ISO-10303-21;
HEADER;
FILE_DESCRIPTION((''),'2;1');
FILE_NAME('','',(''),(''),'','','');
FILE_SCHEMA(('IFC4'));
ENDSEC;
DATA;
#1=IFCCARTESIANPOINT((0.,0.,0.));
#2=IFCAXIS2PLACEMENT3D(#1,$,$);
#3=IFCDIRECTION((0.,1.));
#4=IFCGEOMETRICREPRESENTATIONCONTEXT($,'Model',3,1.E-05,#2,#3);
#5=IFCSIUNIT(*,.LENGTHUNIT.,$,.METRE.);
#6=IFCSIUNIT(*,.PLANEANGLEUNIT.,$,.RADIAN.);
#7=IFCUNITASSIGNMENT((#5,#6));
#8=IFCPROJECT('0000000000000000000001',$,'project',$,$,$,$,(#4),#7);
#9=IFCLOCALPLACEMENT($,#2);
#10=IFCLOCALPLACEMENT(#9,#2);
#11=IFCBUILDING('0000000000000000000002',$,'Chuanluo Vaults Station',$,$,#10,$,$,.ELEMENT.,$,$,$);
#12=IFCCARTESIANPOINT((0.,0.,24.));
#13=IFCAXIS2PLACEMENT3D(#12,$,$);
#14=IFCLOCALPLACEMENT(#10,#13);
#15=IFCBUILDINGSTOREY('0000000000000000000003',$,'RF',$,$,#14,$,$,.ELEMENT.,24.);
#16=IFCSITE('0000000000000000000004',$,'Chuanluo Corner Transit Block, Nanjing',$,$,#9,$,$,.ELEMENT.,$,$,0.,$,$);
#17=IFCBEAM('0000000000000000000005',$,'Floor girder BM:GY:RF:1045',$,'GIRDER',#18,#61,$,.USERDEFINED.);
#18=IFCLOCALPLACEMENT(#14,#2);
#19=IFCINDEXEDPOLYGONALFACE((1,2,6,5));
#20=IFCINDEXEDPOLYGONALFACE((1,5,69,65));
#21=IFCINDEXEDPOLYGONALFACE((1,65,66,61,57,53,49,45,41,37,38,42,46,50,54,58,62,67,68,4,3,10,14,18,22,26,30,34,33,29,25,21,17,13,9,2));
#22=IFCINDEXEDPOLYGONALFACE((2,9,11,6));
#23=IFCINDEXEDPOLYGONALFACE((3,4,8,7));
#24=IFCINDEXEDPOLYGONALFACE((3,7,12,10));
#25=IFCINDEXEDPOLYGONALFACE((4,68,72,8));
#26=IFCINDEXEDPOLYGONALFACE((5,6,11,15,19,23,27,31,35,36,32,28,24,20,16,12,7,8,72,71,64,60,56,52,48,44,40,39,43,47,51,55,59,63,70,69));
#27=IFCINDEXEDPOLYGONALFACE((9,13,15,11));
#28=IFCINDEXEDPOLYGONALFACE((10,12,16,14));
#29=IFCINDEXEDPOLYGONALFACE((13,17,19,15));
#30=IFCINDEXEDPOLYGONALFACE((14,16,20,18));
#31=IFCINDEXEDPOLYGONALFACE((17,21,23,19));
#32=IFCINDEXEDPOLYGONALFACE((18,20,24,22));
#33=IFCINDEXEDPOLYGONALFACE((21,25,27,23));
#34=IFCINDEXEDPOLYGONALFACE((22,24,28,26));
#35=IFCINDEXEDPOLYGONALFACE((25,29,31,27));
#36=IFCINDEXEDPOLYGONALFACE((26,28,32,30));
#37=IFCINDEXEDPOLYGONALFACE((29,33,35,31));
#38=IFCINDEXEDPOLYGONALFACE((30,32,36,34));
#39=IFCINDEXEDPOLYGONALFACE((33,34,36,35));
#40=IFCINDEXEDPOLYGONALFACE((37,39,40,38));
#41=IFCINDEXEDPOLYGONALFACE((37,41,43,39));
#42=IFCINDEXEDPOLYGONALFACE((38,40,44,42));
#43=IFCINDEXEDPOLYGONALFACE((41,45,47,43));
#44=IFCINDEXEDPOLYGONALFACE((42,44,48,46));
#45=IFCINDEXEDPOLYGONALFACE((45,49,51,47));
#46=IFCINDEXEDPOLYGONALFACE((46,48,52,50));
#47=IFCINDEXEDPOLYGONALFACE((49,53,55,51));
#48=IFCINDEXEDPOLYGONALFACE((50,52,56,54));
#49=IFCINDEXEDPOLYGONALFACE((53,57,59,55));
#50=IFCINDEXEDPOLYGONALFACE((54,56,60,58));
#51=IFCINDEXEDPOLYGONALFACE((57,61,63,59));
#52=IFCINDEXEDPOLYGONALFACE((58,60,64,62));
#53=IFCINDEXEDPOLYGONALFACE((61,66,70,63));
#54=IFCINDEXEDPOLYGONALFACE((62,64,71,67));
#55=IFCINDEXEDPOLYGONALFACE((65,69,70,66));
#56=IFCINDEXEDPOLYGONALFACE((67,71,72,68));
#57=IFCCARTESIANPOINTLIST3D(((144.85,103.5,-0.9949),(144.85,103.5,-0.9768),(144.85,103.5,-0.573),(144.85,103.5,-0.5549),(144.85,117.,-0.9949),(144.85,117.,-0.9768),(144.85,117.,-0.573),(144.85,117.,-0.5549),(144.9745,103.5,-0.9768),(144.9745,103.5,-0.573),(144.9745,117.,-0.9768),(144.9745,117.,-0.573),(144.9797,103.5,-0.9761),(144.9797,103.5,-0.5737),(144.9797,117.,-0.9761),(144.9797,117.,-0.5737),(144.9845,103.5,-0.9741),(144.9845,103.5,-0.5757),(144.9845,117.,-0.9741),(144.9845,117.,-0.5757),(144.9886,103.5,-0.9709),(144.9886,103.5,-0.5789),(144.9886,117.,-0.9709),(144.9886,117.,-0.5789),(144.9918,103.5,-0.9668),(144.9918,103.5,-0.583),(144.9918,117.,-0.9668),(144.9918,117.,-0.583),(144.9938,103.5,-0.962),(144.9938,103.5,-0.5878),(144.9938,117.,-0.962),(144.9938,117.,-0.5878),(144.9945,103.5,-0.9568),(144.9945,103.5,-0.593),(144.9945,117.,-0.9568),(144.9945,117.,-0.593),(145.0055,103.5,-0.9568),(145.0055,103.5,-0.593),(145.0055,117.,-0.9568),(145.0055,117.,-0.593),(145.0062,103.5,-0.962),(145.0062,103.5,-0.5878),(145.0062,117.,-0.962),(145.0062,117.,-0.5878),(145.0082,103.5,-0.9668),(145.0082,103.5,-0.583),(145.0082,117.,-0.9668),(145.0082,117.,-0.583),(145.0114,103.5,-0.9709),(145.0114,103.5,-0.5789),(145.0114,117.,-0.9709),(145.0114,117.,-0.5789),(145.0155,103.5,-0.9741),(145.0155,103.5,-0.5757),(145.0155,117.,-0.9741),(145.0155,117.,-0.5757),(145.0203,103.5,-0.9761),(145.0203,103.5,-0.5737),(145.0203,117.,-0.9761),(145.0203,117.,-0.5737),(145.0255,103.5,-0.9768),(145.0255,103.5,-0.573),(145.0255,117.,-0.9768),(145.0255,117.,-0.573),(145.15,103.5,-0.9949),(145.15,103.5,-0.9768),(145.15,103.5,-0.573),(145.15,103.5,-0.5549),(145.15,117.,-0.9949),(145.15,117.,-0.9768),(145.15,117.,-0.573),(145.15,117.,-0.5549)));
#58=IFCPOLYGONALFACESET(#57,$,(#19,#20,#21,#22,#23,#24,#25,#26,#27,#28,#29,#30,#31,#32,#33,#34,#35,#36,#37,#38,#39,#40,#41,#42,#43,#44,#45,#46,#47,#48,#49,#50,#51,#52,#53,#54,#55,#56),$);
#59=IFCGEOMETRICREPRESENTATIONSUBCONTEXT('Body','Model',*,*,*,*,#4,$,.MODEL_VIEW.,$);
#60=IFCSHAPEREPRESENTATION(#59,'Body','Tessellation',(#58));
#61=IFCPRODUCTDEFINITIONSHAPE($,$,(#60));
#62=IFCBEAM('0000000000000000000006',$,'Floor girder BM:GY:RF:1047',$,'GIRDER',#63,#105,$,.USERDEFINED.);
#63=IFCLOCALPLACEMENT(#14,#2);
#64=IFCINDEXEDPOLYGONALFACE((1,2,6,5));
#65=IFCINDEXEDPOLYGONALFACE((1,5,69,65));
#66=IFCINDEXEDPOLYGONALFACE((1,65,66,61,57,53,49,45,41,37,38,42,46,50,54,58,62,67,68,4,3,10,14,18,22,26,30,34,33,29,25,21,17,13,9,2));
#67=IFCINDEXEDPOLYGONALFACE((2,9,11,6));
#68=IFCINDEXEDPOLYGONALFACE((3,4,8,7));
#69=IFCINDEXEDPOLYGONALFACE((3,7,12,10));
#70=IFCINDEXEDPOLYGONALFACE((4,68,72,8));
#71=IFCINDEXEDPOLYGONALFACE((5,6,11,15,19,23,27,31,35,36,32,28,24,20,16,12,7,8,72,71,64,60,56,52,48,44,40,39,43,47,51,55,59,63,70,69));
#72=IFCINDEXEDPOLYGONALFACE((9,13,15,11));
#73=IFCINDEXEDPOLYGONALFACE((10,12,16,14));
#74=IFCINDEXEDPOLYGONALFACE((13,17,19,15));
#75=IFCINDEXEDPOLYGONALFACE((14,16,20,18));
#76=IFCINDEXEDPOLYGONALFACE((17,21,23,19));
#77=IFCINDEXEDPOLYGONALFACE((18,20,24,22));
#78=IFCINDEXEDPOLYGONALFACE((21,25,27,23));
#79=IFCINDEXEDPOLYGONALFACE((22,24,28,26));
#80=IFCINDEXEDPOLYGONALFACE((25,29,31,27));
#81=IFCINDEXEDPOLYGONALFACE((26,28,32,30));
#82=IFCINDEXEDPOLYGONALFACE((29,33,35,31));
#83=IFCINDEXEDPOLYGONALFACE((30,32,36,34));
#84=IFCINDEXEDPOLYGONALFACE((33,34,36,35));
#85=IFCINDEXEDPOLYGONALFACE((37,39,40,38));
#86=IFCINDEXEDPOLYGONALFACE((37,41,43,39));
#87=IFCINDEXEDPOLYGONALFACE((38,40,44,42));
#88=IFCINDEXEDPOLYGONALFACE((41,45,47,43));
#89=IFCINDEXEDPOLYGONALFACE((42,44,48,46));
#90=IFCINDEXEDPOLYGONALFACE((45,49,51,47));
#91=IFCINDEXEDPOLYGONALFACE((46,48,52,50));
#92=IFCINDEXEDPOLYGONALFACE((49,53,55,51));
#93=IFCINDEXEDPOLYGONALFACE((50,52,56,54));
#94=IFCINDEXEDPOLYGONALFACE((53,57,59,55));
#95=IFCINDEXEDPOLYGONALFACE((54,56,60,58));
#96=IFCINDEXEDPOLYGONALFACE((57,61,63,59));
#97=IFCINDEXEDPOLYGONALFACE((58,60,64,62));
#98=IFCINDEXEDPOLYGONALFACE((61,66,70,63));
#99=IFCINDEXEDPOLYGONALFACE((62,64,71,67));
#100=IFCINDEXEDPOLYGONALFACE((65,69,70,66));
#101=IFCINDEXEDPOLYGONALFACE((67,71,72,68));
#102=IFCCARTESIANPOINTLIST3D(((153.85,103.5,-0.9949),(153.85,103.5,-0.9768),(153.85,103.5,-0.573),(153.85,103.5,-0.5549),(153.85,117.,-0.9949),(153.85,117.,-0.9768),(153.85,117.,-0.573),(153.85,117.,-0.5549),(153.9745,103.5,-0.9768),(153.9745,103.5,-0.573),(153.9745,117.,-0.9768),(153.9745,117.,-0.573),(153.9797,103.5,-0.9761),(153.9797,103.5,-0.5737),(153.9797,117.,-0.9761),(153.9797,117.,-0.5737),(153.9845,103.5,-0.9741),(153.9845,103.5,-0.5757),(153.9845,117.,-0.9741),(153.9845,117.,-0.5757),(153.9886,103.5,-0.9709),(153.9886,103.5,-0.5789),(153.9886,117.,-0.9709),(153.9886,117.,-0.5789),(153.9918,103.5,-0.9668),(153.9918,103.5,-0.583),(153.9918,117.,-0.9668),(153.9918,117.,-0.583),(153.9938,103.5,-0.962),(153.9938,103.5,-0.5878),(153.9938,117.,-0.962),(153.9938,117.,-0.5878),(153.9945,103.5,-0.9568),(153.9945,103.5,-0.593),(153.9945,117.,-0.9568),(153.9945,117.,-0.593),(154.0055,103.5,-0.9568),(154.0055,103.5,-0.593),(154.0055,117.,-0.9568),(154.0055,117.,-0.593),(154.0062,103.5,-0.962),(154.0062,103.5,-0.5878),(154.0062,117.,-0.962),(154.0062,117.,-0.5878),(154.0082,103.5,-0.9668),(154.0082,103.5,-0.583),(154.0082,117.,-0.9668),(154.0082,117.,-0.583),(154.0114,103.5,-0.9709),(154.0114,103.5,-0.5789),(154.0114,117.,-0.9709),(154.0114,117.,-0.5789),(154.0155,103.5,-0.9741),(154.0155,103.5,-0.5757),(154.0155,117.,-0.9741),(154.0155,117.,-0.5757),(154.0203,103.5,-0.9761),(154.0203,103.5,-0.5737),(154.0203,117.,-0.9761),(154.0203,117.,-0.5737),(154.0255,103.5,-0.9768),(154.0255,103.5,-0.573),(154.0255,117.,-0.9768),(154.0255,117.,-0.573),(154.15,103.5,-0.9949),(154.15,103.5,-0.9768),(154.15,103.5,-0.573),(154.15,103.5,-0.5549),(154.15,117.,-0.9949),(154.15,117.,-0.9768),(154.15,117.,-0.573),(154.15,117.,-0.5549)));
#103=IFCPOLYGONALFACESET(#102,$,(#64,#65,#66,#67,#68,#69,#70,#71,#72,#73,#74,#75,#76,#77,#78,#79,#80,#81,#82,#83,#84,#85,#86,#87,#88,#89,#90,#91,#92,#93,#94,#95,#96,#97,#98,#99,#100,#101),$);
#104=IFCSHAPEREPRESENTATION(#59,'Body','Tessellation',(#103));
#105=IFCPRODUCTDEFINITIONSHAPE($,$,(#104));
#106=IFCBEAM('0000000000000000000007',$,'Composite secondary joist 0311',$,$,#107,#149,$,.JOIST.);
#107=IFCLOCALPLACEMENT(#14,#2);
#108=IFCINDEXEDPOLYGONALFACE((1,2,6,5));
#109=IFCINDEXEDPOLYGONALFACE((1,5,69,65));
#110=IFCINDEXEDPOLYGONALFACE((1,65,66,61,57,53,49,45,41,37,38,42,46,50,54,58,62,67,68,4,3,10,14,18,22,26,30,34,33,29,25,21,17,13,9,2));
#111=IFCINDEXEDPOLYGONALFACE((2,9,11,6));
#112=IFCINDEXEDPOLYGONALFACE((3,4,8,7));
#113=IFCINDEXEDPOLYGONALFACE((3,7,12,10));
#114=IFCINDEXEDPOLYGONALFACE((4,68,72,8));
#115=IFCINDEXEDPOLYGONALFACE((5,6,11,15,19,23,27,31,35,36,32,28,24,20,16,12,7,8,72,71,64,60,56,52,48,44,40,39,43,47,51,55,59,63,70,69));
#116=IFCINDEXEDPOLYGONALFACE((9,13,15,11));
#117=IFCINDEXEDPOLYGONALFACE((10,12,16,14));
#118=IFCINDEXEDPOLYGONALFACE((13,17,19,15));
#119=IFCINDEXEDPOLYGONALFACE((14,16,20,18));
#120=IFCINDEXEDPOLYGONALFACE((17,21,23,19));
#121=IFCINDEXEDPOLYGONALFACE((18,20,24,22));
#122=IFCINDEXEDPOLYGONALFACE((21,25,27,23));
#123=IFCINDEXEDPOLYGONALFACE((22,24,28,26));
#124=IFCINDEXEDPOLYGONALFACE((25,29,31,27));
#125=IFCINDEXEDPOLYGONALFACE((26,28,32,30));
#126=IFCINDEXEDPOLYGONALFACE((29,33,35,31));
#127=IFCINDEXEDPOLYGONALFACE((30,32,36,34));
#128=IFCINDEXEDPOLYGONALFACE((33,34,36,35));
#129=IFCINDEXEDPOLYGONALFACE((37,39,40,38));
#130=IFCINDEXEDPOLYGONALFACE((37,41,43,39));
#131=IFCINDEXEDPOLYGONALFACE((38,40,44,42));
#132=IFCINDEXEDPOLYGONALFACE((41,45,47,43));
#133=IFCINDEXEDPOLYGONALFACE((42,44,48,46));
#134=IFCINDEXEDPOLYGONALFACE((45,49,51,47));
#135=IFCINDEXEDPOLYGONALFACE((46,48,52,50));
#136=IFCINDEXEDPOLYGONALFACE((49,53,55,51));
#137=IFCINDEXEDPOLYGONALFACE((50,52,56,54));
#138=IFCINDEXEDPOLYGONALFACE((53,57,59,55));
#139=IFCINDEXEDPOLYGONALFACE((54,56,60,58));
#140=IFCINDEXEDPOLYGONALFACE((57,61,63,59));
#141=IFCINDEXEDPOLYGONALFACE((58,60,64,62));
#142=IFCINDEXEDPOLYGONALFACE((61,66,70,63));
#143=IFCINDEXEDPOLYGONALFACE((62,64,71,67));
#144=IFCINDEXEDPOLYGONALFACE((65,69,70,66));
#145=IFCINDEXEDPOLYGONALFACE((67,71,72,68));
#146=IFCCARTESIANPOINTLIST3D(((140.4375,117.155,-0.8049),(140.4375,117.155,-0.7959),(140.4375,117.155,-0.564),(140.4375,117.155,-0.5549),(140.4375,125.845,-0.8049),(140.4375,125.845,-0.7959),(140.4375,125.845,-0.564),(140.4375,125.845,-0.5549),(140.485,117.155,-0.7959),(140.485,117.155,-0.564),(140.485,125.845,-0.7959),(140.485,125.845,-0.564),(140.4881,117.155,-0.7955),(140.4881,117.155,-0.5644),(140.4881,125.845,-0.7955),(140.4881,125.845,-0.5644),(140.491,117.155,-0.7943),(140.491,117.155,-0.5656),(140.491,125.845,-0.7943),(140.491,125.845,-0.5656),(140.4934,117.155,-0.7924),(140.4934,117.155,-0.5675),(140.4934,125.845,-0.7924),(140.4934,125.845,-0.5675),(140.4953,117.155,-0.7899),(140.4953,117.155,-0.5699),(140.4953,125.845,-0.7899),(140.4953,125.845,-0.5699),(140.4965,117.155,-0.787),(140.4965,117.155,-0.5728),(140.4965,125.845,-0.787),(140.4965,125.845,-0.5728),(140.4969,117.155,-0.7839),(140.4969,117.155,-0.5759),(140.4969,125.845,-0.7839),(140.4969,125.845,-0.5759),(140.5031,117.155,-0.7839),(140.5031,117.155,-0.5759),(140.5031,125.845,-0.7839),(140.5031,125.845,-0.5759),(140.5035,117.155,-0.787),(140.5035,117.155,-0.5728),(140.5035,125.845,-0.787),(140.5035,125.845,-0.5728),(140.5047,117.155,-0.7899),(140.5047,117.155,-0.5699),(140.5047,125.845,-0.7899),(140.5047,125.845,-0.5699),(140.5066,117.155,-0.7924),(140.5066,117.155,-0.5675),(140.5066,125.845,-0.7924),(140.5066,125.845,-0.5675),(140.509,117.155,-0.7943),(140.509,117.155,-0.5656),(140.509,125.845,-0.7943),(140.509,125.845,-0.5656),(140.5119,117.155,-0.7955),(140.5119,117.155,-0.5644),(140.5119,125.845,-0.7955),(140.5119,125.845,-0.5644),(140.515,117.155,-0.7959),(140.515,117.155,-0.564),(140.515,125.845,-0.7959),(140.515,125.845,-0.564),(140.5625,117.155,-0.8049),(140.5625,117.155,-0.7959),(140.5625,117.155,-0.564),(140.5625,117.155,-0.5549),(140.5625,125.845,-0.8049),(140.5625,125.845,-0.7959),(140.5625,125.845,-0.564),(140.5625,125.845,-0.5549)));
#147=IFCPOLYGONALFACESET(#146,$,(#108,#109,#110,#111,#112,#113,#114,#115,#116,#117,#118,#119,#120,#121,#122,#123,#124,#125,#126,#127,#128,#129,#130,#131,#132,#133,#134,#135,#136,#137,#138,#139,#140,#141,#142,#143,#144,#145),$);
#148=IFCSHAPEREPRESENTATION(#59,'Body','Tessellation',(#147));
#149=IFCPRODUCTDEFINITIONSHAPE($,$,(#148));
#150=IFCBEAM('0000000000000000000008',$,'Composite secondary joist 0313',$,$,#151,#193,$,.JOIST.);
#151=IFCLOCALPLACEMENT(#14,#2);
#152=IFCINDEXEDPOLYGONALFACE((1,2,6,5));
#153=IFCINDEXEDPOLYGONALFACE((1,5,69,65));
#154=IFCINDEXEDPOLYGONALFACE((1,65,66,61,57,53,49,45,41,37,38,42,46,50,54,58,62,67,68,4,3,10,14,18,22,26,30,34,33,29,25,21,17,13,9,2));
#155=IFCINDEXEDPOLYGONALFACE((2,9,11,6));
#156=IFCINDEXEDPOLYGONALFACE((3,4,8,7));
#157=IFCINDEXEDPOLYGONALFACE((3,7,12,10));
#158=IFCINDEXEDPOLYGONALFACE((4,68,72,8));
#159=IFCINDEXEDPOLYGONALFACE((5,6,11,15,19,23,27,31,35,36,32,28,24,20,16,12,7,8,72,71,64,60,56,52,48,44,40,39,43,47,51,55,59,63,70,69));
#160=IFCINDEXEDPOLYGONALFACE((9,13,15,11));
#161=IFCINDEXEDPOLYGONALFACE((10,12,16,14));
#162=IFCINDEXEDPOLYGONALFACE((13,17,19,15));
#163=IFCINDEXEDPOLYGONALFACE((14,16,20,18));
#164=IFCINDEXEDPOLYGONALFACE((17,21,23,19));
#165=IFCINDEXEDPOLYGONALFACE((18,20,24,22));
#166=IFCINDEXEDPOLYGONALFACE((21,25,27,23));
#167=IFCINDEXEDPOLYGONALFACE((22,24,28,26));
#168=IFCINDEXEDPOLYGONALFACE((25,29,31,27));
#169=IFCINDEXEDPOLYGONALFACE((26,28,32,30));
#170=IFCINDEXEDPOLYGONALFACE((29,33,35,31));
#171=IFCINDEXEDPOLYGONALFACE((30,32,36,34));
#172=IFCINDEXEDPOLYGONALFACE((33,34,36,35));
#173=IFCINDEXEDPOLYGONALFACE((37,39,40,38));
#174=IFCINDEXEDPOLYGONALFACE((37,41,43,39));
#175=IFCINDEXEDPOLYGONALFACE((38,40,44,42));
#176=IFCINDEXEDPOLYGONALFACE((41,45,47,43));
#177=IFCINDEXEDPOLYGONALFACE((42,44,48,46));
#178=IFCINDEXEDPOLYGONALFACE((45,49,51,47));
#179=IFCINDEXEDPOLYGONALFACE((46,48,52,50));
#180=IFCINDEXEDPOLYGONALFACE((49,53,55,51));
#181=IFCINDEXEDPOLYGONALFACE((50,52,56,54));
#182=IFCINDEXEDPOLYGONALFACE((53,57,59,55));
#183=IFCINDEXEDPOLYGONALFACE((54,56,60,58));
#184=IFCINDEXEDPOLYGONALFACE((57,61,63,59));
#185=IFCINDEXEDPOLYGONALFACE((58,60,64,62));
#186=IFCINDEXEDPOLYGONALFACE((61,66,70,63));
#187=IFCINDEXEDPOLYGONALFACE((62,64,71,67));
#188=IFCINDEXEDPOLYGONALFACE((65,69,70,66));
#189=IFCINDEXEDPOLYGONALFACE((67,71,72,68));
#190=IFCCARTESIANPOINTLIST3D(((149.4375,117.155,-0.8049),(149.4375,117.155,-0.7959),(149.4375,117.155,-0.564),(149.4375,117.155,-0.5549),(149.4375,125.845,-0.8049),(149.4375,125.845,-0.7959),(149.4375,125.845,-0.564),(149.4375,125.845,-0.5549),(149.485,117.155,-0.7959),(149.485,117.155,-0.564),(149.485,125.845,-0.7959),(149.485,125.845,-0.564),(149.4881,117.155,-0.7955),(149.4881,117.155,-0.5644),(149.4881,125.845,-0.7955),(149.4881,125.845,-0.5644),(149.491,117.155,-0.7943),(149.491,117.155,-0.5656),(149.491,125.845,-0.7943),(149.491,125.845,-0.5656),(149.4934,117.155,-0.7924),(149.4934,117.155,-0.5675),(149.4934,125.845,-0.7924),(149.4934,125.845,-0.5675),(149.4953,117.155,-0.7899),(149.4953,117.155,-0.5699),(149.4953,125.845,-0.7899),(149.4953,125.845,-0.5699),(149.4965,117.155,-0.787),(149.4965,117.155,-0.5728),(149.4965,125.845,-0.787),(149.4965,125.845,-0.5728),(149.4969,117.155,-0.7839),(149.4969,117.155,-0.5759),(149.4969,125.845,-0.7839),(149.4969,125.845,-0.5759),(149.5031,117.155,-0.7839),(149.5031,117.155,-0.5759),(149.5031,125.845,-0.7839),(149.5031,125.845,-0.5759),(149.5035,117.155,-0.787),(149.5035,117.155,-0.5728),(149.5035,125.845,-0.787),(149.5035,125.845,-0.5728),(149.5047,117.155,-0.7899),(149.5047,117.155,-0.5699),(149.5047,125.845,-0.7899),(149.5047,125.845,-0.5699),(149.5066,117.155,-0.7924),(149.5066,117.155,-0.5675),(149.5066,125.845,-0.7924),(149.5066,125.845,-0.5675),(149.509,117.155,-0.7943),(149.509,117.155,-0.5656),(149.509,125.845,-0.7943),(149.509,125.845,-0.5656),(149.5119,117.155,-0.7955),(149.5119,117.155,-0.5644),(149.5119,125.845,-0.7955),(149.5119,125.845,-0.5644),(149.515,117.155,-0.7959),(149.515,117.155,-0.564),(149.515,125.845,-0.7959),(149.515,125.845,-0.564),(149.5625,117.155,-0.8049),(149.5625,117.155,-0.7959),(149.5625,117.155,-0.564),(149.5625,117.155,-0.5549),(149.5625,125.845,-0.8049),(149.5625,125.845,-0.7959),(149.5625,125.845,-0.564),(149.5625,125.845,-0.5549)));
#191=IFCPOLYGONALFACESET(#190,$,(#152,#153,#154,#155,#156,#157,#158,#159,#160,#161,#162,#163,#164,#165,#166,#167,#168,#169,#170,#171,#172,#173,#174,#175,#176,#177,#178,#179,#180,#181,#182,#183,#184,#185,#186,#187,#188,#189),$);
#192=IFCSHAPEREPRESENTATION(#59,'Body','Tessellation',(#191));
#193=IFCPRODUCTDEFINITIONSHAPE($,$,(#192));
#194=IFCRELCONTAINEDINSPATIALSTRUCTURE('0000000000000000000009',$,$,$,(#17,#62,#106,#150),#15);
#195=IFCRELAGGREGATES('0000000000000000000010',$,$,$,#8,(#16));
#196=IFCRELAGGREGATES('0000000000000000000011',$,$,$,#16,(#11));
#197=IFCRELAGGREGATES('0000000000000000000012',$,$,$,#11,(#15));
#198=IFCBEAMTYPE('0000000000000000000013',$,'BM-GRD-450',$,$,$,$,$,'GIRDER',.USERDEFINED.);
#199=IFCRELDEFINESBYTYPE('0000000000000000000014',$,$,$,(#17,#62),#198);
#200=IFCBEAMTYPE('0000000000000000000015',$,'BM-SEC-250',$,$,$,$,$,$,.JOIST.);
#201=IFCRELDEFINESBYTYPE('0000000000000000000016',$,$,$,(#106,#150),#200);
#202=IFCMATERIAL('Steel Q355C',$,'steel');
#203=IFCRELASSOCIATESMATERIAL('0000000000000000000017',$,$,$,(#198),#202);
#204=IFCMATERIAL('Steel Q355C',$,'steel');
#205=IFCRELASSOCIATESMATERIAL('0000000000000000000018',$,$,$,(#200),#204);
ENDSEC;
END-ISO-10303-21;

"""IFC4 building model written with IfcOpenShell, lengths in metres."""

from ifc_helpers import new_model, si_unit, direction, frame, origin, origin_2d, place, context, subcontext, project, spatial, i_section, extrude, material, material_profile, profile_set, type_object, element, save


model = new_model("IFC4")

# Units and contexts
model_context = context("Model", 3, precision=1e-05, world=origin(), true_north=direction((0.0, 1.0)))
body_context = subcontext(model_context, "Body", "Model", "MODEL_VIEW")
ifc_project = project(units=[si_unit("LENGTHUNIT", "METRE"), si_unit("PLANEANGLEUNIT", "RADIAN")], contexts=[model_context])

# Site, building, storey
site_placement = place(None, origin())
site = spatial("IfcSite", under=ifc_project, at=site_placement, Name="Chuanluo Corner Transit Block, Nanjing", CompositionType="ELEMENT", RefElevation=0.0)
building_placement = place(site_placement, origin())
building = spatial("IfcBuilding", under=site, at=building_placement, Name="Chuanluo Vaults Station", CompositionType="ELEMENT")
storey_placement = place(building_placement, frame((0.0, 0.0, 24.0)))
storey = spatial("IfcBuildingStorey", under=building, at=storey_placement, Name="RF", CompositionType="ELEMENT", Elevation=24.0)

# Beams
ifc_material_1 = material(Name="Steel Q355C", Category="steel")
ifc_material_profile_1 = material_profile(ifc_material_1, i_section(OverallWidth=0.3, OverallDepth=0.4399, WebThickness=0.011, FlangeThickness=0.0181, FilletRadius=0.02, at=origin_2d()))
ifc_profile_set_1 = profile_set([ifc_material_profile_1], Name="Steel Q355C")
beam_type_1 = type_object("IfcBeamType", Name="BM-GRD-450", ElementType="GIRDER", PredefinedType="USERDEFINED", material=ifc_profile_set_1)
for number, where, z_axis, x_axis, name in (
    (1, (145.0, 103.5, -0.7749), (0.0, 1.0, 0.0), (-1.0, 0.0, 0.0), "Floor girder BM:GY:RF:1045"),
    (2, (154.0, 103.5, -0.7749), (0.0, 1.0, 0.0), (-1.0, 0.0, 0.0), "Floor girder BM:GY:RF:1047"),
):
    element("IfcBeam", number, at=place(storey_placement, frame(where, z_axis=z_axis, x_axis=x_axis)), inside=storey, type_object=beam_type_1, Name=name, ObjectType="GIRDER", PredefinedType="USERDEFINED", context=body_context, shape_type="SweptSolid", body=[
        extrude(i_section(OverallWidth=0.3, OverallDepth=0.4399, WebThickness=0.011, FlangeThickness=0.0181, FilletRadius=0.02, at=origin_2d()), origin(), (0.0, 0.0, 1.0), 13.5),
    ])
ifc_material_2 = material(Name="Steel Q355C", Category="steel")
ifc_material_profile_2 = material_profile(ifc_material_2, i_section(OverallWidth=0.125, OverallDepth=0.25, WebThickness=0.0061, FlangeThickness=0.009, FilletRadius=0.012, at=origin_2d()))
ifc_profile_set_2 = profile_set([ifc_material_profile_2], Name="Steel Q355C")
beam_type_2 = type_object("IfcBeamType", Name="BM-SEC-250", PredefinedType="JOIST", material=ifc_profile_set_2)
for number, where, z_axis, x_axis, name in (
    (3, (140.5, 117.155, -0.6799), (0.0, 1.0, 0.0), (-1.0, 0.0, 0.0), "Composite secondary joist 0311"),
    (4, (149.5, 117.155, -0.6799), (0.0, 1.0, 0.0), (-1.0, 0.0, 0.0), "Composite secondary joist 0313"),
):
    element("IfcBeam", number, at=place(storey_placement, frame(where, z_axis=z_axis, x_axis=x_axis)), inside=storey, type_object=beam_type_2, Name=name, PredefinedType="JOIST", context=body_context, shape_type="SweptSolid", body=[
        extrude(i_section(OverallWidth=0.125, OverallDepth=0.25, WebThickness=0.0061, FlangeThickness=0.009, FilletRadius=0.012, at=origin_2d()), origin(), (0.0, 0.0, 1.0), 8.6899),
    ])

save(model, "model.ifc")
